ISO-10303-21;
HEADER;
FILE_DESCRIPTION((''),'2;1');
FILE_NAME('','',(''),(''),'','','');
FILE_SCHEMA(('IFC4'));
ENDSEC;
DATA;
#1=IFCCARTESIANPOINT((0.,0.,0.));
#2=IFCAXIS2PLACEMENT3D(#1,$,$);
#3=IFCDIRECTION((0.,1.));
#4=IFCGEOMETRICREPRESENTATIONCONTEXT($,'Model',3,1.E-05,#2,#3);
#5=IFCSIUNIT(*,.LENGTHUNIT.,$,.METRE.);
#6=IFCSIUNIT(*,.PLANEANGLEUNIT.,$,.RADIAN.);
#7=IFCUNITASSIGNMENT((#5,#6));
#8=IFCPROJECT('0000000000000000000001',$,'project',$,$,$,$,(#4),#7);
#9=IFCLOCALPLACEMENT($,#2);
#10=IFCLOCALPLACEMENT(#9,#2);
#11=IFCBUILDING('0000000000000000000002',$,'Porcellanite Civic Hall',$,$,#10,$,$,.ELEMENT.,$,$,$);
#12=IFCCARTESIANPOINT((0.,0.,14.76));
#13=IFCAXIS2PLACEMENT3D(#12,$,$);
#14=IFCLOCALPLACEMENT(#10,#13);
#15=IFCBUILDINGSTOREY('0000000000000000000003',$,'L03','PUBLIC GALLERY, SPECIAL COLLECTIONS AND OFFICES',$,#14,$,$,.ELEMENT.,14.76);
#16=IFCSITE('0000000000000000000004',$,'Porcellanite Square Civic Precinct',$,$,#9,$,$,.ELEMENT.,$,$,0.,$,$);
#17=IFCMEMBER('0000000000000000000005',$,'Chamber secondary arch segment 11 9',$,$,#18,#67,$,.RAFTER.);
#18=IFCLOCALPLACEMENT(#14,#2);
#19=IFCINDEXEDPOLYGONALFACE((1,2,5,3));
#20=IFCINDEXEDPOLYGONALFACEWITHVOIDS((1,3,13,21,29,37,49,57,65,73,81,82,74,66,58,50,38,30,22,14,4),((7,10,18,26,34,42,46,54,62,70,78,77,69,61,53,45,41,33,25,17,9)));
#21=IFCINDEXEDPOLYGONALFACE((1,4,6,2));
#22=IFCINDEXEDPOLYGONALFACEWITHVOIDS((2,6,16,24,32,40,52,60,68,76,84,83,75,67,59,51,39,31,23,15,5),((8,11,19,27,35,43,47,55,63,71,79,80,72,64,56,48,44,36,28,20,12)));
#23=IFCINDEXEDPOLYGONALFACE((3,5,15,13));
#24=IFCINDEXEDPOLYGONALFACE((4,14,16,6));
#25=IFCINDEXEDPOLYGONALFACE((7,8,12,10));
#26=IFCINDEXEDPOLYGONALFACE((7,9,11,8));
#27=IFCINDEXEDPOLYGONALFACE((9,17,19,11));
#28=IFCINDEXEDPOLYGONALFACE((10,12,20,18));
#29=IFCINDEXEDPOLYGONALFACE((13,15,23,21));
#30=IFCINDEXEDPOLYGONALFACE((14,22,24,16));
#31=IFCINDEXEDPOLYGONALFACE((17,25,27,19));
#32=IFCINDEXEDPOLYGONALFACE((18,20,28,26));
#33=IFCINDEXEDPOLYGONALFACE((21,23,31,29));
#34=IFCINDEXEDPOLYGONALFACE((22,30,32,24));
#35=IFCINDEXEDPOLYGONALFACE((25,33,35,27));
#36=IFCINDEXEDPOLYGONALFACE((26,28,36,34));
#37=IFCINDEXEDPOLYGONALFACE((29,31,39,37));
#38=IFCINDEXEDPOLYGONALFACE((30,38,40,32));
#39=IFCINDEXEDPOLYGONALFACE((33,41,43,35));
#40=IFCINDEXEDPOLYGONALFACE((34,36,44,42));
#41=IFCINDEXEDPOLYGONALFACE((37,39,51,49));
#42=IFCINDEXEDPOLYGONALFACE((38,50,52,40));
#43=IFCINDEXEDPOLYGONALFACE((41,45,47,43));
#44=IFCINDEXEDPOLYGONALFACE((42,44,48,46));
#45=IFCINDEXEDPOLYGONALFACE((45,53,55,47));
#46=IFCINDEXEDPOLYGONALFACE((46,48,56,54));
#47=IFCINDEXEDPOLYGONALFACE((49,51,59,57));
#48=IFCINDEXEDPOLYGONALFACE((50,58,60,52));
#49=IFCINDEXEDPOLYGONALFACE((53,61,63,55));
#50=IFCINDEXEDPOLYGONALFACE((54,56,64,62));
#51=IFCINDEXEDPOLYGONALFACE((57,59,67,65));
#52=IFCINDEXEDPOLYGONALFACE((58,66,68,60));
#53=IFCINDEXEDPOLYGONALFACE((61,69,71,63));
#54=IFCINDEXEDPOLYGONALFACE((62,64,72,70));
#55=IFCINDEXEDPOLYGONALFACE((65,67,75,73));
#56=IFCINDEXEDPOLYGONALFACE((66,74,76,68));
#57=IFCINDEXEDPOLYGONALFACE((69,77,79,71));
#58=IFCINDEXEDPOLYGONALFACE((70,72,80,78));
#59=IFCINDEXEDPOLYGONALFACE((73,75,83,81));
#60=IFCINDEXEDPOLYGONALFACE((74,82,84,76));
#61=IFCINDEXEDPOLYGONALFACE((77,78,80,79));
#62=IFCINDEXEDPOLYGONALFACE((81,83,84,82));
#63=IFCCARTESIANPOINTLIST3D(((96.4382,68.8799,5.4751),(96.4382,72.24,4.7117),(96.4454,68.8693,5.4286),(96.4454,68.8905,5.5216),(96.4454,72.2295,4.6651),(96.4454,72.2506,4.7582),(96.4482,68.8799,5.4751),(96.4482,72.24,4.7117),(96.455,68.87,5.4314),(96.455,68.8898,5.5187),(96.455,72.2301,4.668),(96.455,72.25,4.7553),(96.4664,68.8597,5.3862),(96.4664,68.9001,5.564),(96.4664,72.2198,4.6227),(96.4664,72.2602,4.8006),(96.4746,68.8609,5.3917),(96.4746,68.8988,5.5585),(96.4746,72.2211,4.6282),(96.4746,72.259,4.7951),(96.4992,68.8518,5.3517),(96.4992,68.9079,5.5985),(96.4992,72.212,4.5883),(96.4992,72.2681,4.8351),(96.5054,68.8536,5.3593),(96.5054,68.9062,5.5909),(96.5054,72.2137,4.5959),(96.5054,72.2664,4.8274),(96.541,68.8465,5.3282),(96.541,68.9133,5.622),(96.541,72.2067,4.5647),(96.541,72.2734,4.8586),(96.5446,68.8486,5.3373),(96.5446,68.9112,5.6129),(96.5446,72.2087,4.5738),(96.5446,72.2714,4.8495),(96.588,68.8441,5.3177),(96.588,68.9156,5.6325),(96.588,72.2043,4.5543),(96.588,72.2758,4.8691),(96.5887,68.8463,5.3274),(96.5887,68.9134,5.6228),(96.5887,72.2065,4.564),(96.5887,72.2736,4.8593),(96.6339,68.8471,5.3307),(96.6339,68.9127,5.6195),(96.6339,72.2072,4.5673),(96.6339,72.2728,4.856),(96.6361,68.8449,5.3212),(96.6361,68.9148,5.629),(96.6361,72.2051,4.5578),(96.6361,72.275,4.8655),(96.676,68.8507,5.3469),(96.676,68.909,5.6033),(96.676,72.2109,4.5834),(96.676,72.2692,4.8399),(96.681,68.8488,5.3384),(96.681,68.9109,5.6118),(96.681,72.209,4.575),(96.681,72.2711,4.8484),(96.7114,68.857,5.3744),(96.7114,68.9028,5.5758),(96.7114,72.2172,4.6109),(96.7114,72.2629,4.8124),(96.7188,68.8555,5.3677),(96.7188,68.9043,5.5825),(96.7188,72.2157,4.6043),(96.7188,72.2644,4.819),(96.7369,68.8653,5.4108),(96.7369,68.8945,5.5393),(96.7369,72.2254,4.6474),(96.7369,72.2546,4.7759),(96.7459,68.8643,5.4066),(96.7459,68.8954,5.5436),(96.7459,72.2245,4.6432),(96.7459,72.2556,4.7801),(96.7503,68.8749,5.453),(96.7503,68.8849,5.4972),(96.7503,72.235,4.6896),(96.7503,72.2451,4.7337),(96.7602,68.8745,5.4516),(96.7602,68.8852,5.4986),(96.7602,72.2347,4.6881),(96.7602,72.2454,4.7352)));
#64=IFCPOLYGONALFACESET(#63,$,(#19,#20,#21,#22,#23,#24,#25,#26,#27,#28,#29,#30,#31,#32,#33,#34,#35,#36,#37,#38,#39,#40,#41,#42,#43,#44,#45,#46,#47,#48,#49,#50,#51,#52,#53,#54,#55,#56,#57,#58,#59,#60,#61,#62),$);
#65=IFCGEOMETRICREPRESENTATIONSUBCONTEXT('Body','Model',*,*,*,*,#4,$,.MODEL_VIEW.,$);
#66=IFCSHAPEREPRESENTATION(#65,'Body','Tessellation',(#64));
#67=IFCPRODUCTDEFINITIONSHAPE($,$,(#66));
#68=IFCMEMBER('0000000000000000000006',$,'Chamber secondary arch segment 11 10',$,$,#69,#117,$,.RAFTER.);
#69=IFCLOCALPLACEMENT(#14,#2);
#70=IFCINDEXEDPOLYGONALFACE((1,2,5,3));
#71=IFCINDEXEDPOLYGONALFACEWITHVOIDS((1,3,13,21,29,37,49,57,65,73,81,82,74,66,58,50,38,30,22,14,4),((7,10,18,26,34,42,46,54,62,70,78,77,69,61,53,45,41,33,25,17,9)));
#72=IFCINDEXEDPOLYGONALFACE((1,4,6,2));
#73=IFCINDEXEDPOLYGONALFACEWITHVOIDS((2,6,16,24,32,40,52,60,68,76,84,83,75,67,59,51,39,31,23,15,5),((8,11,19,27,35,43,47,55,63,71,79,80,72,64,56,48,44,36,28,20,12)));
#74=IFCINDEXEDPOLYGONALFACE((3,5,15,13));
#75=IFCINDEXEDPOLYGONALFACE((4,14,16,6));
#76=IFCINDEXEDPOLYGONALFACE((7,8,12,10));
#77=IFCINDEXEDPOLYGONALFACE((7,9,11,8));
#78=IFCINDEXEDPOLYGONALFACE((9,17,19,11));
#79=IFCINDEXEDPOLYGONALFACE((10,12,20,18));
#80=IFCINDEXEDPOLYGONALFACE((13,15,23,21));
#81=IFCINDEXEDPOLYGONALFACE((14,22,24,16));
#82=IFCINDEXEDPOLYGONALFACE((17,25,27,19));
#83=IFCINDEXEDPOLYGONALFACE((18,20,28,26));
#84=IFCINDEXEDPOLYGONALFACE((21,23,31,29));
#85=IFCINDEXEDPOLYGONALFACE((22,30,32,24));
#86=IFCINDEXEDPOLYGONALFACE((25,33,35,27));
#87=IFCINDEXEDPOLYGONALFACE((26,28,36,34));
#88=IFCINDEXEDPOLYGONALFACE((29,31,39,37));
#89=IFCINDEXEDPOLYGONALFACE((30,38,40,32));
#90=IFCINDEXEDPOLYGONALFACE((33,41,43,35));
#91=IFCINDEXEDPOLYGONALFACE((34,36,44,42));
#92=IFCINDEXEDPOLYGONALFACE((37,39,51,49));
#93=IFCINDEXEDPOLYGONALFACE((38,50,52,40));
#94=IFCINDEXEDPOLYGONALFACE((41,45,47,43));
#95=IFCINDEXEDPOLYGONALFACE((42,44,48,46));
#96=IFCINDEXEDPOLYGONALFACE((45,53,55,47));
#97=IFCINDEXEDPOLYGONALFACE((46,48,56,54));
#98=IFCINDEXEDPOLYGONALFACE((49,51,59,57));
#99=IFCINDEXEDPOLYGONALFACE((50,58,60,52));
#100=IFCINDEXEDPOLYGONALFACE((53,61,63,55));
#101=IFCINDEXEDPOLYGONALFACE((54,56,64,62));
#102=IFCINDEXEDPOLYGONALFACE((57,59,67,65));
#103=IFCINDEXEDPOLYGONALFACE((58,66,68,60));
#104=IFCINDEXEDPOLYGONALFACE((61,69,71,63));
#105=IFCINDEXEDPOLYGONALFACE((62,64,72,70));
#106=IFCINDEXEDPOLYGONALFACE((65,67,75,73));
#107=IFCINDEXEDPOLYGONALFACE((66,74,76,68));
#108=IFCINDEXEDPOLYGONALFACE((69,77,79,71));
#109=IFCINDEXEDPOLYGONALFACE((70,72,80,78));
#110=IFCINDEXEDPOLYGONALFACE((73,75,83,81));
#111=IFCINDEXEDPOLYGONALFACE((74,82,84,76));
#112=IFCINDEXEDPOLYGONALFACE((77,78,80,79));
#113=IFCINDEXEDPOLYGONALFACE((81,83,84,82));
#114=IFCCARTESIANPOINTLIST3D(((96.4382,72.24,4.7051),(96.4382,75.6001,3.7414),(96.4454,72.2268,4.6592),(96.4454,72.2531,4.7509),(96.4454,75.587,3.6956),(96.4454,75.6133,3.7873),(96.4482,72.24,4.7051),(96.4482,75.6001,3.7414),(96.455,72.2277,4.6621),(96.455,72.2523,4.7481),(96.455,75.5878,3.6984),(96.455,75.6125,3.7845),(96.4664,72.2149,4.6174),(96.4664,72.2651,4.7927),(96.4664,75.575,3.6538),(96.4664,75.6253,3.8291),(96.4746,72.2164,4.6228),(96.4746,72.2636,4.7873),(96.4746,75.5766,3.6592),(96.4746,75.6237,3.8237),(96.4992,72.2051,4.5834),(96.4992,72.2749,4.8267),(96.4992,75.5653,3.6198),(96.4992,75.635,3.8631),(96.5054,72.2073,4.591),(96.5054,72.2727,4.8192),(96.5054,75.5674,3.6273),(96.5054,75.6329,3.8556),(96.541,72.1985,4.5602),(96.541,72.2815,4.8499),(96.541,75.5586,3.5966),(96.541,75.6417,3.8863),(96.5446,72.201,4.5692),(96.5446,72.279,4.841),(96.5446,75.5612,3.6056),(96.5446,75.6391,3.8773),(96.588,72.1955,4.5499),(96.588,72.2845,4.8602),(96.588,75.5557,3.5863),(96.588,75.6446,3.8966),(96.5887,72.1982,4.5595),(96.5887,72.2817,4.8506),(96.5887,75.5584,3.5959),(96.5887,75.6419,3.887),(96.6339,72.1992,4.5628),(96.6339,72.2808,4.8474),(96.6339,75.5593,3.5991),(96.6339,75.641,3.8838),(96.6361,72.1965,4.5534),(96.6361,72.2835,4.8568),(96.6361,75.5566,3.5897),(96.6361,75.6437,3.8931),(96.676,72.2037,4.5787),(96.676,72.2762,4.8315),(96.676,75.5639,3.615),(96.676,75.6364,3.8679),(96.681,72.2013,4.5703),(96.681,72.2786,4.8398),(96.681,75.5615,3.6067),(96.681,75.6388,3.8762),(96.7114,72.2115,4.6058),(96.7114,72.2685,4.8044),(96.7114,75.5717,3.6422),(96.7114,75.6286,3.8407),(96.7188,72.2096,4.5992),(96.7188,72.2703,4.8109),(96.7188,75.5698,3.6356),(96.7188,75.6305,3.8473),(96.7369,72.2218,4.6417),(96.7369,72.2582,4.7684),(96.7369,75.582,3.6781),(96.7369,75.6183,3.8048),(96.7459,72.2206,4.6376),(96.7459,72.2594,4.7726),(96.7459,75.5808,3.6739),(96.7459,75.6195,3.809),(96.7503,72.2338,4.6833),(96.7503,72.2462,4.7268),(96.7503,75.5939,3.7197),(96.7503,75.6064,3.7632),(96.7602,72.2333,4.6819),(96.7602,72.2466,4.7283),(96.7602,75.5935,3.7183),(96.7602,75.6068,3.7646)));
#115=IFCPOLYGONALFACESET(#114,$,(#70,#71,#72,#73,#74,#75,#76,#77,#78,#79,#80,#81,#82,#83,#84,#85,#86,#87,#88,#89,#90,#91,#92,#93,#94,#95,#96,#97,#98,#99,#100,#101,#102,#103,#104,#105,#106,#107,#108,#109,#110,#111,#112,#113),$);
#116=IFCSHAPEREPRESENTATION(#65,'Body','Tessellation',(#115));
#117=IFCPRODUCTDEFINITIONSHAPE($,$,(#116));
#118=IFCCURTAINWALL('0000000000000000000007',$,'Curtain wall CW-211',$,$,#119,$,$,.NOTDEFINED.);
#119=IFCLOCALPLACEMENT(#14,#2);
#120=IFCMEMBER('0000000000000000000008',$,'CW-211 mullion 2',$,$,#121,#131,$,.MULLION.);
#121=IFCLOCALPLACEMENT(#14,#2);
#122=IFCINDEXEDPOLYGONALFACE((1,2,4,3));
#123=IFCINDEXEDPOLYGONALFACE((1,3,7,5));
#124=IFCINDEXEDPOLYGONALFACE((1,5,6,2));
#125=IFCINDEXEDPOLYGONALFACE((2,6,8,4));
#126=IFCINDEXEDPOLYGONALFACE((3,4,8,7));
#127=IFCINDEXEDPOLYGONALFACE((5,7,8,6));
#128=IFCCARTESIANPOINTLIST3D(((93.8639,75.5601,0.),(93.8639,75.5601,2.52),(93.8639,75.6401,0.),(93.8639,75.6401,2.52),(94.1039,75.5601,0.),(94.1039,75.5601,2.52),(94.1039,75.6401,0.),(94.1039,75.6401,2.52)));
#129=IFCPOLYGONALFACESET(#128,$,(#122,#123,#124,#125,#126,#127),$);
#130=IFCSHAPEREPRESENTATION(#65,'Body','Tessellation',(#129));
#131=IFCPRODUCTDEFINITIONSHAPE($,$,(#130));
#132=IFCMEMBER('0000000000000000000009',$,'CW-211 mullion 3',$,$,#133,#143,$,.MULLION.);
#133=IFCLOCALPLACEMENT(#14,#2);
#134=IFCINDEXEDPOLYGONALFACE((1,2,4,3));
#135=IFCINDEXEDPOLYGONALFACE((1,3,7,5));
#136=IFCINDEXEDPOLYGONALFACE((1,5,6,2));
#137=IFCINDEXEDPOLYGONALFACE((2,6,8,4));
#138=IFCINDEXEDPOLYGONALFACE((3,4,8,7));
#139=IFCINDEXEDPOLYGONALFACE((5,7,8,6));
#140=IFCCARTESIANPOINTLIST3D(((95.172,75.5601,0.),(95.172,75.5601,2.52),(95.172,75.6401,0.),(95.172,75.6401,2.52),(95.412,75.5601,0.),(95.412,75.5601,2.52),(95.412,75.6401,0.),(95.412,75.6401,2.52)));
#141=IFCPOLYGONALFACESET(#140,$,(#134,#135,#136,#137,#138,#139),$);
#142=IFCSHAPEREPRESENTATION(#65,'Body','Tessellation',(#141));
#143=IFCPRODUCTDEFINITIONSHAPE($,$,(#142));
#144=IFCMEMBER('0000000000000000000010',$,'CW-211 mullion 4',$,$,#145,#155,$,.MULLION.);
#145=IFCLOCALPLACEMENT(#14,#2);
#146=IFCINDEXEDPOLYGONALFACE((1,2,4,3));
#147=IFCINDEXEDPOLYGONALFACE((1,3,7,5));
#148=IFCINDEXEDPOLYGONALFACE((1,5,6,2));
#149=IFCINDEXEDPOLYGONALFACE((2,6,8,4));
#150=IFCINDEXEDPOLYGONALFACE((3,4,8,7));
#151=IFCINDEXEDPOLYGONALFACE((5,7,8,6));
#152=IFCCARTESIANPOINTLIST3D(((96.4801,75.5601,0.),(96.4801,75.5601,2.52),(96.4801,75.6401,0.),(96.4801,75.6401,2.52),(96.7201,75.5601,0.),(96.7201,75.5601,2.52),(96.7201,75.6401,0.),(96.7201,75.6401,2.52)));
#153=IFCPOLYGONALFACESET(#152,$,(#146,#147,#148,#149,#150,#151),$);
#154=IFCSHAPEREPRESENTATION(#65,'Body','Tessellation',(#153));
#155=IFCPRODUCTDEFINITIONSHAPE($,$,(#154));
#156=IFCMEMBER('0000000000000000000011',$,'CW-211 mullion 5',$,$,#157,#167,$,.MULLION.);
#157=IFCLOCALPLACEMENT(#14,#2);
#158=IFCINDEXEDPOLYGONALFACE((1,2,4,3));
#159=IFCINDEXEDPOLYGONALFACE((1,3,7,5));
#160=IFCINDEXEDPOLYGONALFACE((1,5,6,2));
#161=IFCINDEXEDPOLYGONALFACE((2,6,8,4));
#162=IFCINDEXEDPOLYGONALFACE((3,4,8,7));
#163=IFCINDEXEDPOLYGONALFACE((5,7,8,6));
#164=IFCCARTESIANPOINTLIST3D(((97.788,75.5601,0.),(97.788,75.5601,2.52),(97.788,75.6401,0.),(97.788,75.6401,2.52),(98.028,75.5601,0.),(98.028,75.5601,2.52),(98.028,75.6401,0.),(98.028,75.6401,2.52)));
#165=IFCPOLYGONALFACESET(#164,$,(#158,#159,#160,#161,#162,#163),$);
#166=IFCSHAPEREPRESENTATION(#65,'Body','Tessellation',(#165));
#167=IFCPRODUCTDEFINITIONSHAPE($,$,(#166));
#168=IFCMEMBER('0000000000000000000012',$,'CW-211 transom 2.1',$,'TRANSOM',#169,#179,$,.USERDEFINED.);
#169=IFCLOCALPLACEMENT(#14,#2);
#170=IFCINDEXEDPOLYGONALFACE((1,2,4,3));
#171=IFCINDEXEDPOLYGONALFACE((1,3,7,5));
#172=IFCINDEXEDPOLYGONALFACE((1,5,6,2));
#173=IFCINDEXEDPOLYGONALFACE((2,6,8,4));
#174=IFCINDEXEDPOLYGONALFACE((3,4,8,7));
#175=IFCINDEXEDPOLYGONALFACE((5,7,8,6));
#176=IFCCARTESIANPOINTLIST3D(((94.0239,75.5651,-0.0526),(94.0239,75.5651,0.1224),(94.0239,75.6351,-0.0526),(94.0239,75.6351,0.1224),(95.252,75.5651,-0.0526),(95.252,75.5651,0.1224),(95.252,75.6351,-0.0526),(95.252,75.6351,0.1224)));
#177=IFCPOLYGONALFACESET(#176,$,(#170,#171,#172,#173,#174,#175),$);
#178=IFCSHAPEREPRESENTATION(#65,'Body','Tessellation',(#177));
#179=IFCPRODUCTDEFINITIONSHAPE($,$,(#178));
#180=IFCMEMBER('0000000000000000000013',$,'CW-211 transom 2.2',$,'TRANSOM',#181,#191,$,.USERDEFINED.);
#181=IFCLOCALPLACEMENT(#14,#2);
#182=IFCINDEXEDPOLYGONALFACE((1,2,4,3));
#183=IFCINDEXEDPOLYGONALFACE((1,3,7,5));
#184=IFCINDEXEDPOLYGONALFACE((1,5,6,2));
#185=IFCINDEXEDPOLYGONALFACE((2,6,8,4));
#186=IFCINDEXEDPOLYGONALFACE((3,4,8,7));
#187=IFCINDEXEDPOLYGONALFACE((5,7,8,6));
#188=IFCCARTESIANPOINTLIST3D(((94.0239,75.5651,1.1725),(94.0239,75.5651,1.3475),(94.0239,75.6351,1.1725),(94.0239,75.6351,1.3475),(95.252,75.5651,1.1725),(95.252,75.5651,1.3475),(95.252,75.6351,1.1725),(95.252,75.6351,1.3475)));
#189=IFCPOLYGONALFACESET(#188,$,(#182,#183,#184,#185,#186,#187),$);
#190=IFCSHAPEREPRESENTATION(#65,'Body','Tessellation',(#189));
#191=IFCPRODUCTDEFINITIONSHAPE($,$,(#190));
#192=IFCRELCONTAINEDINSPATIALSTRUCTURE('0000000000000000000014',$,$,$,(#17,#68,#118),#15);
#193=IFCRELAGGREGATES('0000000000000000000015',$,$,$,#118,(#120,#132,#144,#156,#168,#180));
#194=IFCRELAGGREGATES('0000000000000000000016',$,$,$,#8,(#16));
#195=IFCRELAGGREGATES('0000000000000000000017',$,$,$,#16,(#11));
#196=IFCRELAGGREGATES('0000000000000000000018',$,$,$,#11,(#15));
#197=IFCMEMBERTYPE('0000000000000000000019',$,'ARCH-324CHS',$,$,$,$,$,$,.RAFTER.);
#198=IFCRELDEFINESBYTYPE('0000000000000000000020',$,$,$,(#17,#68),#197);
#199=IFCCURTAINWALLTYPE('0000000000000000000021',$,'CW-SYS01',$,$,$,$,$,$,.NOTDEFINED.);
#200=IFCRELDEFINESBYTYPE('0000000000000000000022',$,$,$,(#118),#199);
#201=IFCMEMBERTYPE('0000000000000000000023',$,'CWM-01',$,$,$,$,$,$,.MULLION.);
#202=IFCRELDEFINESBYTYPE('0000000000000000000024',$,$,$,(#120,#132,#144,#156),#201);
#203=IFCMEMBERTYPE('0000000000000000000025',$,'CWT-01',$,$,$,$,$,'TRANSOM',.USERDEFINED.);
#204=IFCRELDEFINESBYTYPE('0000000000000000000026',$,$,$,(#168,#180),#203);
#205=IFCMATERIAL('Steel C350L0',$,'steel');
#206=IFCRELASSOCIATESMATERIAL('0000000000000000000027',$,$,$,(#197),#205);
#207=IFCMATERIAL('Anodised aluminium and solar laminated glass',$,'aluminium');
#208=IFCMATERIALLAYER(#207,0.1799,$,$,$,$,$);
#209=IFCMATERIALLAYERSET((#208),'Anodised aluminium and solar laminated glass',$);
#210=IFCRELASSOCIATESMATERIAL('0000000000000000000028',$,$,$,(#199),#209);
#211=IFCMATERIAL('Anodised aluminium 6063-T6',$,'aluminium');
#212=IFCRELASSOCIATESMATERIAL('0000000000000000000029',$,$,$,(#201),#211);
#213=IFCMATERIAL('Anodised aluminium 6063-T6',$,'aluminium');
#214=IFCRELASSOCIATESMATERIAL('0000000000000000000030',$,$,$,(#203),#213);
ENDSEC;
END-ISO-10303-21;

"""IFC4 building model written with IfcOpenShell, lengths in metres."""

from ifc_helpers import new_model, si_unit, direction, frame, origin, origin_2d, place, context, subcontext, project, spatial, rectangle, hollow_circle, extrude, material, layer, layer_set, material_profile, profile_set, type_object, element, aggregate, save


model = new_model("IFC4")

# Units and contexts
model_context = context("Model", 3, precision=1e-05, world=origin(), true_north=direction((0.0, 1.0)))
body_context = subcontext(model_context, "Body", "Model", "MODEL_VIEW")
ifc_project = project(units=[si_unit("LENGTHUNIT", "METRE"), si_unit("PLANEANGLEUNIT", "RADIAN")], contexts=[model_context])

# Site, building, storey
site_placement = place(None, origin())
site = spatial("IfcSite", under=ifc_project, at=site_placement, Name="Porcellanite Square Civic Precinct", CompositionType="ELEMENT", RefElevation=0.0)
building_placement = place(site_placement, origin())
building = spatial("IfcBuilding", under=site, at=building_placement, Name="Porcellanite Civic Hall", CompositionType="ELEMENT")
storey_placement = place(building_placement, frame((0.0, 0.0, 14.76)))
storey = spatial("IfcBuildingStorey", under=building, at=storey_placement, Name="L03", Description="PUBLIC GALLERY, SPECIAL COLLECTIONS AND OFFICES", CompositionType="ELEMENT", Elevation=14.76)

# Members
ifc_material_1 = material(Name="Steel C350L0", Category="steel")
ifc_material_profile_1 = material_profile(ifc_material_1, hollow_circle(Radius=0.1619, WallThickness=0.01, at=origin_2d()), Name="323.9x10.0CHS")
ifc_profile_set_1 = profile_set([ifc_material_profile_1], Name="Steel C350L0")
member_type_1 = type_object("IfcMemberType", Name="ARCH-324CHS", PredefinedType="RAFTER", material=ifc_profile_set_1)
member_1_placement = place(storey_placement, frame((96.6001, 68.8799, 5.4751), z_axis=(0.0, 0.975147, -0.221557), x_axis=(-1.0, 0.0, 0.0)))
element("IfcMember", 1, at=member_1_placement, inside=storey, type_object=member_type_1, Name="Chamber secondary arch segment 11 9", PredefinedType="RAFTER", context=body_context, shape_type="SweptSolid", body=[
    extrude(hollow_circle(Radius=0.1619, WallThickness=0.01, at=origin_2d()), origin(), (0.0, 0.0, 1.0), 3.4458),
])
member_2_placement = place(storey_placement, frame((96.6001, 72.24, 4.7051), z_axis=(0.0, 0.961252, -0.275671), x_axis=(-1.0, 0.0, 0.0)))
element("IfcMember", 2, at=member_2_placement, inside=storey, type_object=member_type_1, Name="Chamber secondary arch segment 11 10", PredefinedType="RAFTER", context=body_context, shape_type="SweptSolid", body=[
    extrude(hollow_circle(Radius=0.1619, WallThickness=0.01, at=origin_2d()), origin(), (0.0, 0.0, 1.0), 3.4956),
])

# Curtain wall, members
ifc_material_2 = material(Name="Anodised aluminium and solar laminated glass", Category="aluminium")
ifc_layer_1 = layer(ifc_material_2, 0.1799)
ifc_layer_set_1 = layer_set([ifc_layer_1], Name="Anodised aluminium and solar laminated glass")
curtain_wall_type = type_object("IfcCurtainWallType", Name="CW-SYS01", PredefinedType="NOTDEFINED", material=ifc_layer_set_1)
curtain_wall_placement = place(storey_placement, origin())
curtain_wall = element("IfcCurtainWall", 3, at=curtain_wall_placement, inside=storey, type_object=curtain_wall_type, Name="Curtain wall CW-211", PredefinedType="NOTDEFINED")
ifc_material_3 = material(Name="Anodised aluminium 6063-T6", Category="aluminium")
ifc_material_profile_2 = material_profile(ifc_material_3, rectangle(XDim=0.0801, YDim=0.24, at=origin_2d()), Name="AL-80x240")
ifc_profile_set_2 = profile_set([ifc_material_profile_2], Name="Anodised aluminium 6063-T6")
member_type_2 = type_object("IfcMemberType", Name="CWM-01", PredefinedType="MULLION", material=ifc_profile_set_2)
member_3_placement = place(storey_placement, frame((93.9839, 75.6001, 0.0), z_axis=(0.0, 0.0, 1.0), x_axis=(0.0, 1.0, 0.0)))
member_3 = element("IfcMember", 4, at=member_3_placement, type_object=member_type_2, Name="CW-211 mullion 2", PredefinedType="MULLION", context=body_context, shape_type="SweptSolid", body=[
    extrude(rectangle(XDim=0.0801, YDim=0.24, at=origin_2d()), origin(), (0.0, 0.0, 1.0), 2.52),
])
member_4_placement = place(storey_placement, frame((95.292, 75.6001, 0.0), z_axis=(0.0, 0.0, 1.0), x_axis=(0.0, 1.0, 0.0)))
member_4 = element("IfcMember", 5, at=member_4_placement, type_object=member_type_2, Name="CW-211 mullion 3", PredefinedType="MULLION", context=body_context, shape_type="SweptSolid", body=[
    extrude(rectangle(XDim=0.0801, YDim=0.24, at=origin_2d()), origin(), (0.0, 0.0, 1.0), 2.52),
])
member_5_placement = place(storey_placement, frame((96.6001, 75.6001, 0.0), z_axis=(0.0, 0.0, 1.0), x_axis=(0.0, 1.0, 0.0)))
member_5 = element("IfcMember", 6, at=member_5_placement, type_object=member_type_2, Name="CW-211 mullion 4", PredefinedType="MULLION", context=body_context, shape_type="SweptSolid", body=[
    extrude(rectangle(XDim=0.0801, YDim=0.24, at=origin_2d()), origin(), (0.0, 0.0, 1.0), 2.52),
])
member_6_placement = place(storey_placement, frame((97.908, 75.6001, 0.0), z_axis=(0.0, 0.0, 1.0), x_axis=(0.0, 1.0, 0.0)))
member_6 = element("IfcMember", 7, at=member_6_placement, type_object=member_type_2, Name="CW-211 mullion 5", PredefinedType="MULLION", context=body_context, shape_type="SweptSolid", body=[
    extrude(rectangle(XDim=0.0801, YDim=0.24, at=origin_2d()), origin(), (0.0, 0.0, 1.0), 2.52),
])
ifc_material_4 = material(Name="Anodised aluminium 6063-T6", Category="aluminium")
ifc_material_profile_3 = material_profile(ifc_material_4, rectangle(XDim=0.0701, YDim=0.175, at=origin_2d()), Name="AL-70x175")
ifc_profile_set_3 = profile_set([ifc_material_profile_3], Name="Anodised aluminium 6063-T6")
member_type_3 = type_object("IfcMemberType", Name="CWT-01", ElementType="TRANSOM", PredefinedType="USERDEFINED", material=ifc_profile_set_3)
member_7_placement = place(storey_placement, frame((94.0239, 75.6001, 0.0349), z_axis=(1.0, 0.0, 0.0), x_axis=(0.0, 1.0, 0.0)))
member_7 = element("IfcMember", 8, at=member_7_placement, type_object=member_type_3, Name="CW-211 transom 2.1", ObjectType="TRANSOM", PredefinedType="USERDEFINED", context=body_context, shape_type="SweptSolid", body=[
    extrude(rectangle(XDim=0.0701, YDim=0.175, at=origin_2d()), origin(), (0.0, 0.0, 1.0), 1.228),
])
member_8_placement = place(storey_placement, frame((94.0239, 75.6001, 1.26), z_axis=(1.0, 0.0, 0.0), x_axis=(0.0, 1.0, 0.0)))
member_8 = element("IfcMember", 9, at=member_8_placement, type_object=member_type_3, Name="CW-211 transom 2.2", ObjectType="TRANSOM", PredefinedType="USERDEFINED", context=body_context, shape_type="SweptSolid", body=[
    extrude(rectangle(XDim=0.0701, YDim=0.175, at=origin_2d()), origin(), (0.0, 0.0, 1.0), 1.228),
])
aggregate(curtain_wall, [member_3, member_4, member_5, member_6, member_7, member_8])

save(model, "model.ifc")
